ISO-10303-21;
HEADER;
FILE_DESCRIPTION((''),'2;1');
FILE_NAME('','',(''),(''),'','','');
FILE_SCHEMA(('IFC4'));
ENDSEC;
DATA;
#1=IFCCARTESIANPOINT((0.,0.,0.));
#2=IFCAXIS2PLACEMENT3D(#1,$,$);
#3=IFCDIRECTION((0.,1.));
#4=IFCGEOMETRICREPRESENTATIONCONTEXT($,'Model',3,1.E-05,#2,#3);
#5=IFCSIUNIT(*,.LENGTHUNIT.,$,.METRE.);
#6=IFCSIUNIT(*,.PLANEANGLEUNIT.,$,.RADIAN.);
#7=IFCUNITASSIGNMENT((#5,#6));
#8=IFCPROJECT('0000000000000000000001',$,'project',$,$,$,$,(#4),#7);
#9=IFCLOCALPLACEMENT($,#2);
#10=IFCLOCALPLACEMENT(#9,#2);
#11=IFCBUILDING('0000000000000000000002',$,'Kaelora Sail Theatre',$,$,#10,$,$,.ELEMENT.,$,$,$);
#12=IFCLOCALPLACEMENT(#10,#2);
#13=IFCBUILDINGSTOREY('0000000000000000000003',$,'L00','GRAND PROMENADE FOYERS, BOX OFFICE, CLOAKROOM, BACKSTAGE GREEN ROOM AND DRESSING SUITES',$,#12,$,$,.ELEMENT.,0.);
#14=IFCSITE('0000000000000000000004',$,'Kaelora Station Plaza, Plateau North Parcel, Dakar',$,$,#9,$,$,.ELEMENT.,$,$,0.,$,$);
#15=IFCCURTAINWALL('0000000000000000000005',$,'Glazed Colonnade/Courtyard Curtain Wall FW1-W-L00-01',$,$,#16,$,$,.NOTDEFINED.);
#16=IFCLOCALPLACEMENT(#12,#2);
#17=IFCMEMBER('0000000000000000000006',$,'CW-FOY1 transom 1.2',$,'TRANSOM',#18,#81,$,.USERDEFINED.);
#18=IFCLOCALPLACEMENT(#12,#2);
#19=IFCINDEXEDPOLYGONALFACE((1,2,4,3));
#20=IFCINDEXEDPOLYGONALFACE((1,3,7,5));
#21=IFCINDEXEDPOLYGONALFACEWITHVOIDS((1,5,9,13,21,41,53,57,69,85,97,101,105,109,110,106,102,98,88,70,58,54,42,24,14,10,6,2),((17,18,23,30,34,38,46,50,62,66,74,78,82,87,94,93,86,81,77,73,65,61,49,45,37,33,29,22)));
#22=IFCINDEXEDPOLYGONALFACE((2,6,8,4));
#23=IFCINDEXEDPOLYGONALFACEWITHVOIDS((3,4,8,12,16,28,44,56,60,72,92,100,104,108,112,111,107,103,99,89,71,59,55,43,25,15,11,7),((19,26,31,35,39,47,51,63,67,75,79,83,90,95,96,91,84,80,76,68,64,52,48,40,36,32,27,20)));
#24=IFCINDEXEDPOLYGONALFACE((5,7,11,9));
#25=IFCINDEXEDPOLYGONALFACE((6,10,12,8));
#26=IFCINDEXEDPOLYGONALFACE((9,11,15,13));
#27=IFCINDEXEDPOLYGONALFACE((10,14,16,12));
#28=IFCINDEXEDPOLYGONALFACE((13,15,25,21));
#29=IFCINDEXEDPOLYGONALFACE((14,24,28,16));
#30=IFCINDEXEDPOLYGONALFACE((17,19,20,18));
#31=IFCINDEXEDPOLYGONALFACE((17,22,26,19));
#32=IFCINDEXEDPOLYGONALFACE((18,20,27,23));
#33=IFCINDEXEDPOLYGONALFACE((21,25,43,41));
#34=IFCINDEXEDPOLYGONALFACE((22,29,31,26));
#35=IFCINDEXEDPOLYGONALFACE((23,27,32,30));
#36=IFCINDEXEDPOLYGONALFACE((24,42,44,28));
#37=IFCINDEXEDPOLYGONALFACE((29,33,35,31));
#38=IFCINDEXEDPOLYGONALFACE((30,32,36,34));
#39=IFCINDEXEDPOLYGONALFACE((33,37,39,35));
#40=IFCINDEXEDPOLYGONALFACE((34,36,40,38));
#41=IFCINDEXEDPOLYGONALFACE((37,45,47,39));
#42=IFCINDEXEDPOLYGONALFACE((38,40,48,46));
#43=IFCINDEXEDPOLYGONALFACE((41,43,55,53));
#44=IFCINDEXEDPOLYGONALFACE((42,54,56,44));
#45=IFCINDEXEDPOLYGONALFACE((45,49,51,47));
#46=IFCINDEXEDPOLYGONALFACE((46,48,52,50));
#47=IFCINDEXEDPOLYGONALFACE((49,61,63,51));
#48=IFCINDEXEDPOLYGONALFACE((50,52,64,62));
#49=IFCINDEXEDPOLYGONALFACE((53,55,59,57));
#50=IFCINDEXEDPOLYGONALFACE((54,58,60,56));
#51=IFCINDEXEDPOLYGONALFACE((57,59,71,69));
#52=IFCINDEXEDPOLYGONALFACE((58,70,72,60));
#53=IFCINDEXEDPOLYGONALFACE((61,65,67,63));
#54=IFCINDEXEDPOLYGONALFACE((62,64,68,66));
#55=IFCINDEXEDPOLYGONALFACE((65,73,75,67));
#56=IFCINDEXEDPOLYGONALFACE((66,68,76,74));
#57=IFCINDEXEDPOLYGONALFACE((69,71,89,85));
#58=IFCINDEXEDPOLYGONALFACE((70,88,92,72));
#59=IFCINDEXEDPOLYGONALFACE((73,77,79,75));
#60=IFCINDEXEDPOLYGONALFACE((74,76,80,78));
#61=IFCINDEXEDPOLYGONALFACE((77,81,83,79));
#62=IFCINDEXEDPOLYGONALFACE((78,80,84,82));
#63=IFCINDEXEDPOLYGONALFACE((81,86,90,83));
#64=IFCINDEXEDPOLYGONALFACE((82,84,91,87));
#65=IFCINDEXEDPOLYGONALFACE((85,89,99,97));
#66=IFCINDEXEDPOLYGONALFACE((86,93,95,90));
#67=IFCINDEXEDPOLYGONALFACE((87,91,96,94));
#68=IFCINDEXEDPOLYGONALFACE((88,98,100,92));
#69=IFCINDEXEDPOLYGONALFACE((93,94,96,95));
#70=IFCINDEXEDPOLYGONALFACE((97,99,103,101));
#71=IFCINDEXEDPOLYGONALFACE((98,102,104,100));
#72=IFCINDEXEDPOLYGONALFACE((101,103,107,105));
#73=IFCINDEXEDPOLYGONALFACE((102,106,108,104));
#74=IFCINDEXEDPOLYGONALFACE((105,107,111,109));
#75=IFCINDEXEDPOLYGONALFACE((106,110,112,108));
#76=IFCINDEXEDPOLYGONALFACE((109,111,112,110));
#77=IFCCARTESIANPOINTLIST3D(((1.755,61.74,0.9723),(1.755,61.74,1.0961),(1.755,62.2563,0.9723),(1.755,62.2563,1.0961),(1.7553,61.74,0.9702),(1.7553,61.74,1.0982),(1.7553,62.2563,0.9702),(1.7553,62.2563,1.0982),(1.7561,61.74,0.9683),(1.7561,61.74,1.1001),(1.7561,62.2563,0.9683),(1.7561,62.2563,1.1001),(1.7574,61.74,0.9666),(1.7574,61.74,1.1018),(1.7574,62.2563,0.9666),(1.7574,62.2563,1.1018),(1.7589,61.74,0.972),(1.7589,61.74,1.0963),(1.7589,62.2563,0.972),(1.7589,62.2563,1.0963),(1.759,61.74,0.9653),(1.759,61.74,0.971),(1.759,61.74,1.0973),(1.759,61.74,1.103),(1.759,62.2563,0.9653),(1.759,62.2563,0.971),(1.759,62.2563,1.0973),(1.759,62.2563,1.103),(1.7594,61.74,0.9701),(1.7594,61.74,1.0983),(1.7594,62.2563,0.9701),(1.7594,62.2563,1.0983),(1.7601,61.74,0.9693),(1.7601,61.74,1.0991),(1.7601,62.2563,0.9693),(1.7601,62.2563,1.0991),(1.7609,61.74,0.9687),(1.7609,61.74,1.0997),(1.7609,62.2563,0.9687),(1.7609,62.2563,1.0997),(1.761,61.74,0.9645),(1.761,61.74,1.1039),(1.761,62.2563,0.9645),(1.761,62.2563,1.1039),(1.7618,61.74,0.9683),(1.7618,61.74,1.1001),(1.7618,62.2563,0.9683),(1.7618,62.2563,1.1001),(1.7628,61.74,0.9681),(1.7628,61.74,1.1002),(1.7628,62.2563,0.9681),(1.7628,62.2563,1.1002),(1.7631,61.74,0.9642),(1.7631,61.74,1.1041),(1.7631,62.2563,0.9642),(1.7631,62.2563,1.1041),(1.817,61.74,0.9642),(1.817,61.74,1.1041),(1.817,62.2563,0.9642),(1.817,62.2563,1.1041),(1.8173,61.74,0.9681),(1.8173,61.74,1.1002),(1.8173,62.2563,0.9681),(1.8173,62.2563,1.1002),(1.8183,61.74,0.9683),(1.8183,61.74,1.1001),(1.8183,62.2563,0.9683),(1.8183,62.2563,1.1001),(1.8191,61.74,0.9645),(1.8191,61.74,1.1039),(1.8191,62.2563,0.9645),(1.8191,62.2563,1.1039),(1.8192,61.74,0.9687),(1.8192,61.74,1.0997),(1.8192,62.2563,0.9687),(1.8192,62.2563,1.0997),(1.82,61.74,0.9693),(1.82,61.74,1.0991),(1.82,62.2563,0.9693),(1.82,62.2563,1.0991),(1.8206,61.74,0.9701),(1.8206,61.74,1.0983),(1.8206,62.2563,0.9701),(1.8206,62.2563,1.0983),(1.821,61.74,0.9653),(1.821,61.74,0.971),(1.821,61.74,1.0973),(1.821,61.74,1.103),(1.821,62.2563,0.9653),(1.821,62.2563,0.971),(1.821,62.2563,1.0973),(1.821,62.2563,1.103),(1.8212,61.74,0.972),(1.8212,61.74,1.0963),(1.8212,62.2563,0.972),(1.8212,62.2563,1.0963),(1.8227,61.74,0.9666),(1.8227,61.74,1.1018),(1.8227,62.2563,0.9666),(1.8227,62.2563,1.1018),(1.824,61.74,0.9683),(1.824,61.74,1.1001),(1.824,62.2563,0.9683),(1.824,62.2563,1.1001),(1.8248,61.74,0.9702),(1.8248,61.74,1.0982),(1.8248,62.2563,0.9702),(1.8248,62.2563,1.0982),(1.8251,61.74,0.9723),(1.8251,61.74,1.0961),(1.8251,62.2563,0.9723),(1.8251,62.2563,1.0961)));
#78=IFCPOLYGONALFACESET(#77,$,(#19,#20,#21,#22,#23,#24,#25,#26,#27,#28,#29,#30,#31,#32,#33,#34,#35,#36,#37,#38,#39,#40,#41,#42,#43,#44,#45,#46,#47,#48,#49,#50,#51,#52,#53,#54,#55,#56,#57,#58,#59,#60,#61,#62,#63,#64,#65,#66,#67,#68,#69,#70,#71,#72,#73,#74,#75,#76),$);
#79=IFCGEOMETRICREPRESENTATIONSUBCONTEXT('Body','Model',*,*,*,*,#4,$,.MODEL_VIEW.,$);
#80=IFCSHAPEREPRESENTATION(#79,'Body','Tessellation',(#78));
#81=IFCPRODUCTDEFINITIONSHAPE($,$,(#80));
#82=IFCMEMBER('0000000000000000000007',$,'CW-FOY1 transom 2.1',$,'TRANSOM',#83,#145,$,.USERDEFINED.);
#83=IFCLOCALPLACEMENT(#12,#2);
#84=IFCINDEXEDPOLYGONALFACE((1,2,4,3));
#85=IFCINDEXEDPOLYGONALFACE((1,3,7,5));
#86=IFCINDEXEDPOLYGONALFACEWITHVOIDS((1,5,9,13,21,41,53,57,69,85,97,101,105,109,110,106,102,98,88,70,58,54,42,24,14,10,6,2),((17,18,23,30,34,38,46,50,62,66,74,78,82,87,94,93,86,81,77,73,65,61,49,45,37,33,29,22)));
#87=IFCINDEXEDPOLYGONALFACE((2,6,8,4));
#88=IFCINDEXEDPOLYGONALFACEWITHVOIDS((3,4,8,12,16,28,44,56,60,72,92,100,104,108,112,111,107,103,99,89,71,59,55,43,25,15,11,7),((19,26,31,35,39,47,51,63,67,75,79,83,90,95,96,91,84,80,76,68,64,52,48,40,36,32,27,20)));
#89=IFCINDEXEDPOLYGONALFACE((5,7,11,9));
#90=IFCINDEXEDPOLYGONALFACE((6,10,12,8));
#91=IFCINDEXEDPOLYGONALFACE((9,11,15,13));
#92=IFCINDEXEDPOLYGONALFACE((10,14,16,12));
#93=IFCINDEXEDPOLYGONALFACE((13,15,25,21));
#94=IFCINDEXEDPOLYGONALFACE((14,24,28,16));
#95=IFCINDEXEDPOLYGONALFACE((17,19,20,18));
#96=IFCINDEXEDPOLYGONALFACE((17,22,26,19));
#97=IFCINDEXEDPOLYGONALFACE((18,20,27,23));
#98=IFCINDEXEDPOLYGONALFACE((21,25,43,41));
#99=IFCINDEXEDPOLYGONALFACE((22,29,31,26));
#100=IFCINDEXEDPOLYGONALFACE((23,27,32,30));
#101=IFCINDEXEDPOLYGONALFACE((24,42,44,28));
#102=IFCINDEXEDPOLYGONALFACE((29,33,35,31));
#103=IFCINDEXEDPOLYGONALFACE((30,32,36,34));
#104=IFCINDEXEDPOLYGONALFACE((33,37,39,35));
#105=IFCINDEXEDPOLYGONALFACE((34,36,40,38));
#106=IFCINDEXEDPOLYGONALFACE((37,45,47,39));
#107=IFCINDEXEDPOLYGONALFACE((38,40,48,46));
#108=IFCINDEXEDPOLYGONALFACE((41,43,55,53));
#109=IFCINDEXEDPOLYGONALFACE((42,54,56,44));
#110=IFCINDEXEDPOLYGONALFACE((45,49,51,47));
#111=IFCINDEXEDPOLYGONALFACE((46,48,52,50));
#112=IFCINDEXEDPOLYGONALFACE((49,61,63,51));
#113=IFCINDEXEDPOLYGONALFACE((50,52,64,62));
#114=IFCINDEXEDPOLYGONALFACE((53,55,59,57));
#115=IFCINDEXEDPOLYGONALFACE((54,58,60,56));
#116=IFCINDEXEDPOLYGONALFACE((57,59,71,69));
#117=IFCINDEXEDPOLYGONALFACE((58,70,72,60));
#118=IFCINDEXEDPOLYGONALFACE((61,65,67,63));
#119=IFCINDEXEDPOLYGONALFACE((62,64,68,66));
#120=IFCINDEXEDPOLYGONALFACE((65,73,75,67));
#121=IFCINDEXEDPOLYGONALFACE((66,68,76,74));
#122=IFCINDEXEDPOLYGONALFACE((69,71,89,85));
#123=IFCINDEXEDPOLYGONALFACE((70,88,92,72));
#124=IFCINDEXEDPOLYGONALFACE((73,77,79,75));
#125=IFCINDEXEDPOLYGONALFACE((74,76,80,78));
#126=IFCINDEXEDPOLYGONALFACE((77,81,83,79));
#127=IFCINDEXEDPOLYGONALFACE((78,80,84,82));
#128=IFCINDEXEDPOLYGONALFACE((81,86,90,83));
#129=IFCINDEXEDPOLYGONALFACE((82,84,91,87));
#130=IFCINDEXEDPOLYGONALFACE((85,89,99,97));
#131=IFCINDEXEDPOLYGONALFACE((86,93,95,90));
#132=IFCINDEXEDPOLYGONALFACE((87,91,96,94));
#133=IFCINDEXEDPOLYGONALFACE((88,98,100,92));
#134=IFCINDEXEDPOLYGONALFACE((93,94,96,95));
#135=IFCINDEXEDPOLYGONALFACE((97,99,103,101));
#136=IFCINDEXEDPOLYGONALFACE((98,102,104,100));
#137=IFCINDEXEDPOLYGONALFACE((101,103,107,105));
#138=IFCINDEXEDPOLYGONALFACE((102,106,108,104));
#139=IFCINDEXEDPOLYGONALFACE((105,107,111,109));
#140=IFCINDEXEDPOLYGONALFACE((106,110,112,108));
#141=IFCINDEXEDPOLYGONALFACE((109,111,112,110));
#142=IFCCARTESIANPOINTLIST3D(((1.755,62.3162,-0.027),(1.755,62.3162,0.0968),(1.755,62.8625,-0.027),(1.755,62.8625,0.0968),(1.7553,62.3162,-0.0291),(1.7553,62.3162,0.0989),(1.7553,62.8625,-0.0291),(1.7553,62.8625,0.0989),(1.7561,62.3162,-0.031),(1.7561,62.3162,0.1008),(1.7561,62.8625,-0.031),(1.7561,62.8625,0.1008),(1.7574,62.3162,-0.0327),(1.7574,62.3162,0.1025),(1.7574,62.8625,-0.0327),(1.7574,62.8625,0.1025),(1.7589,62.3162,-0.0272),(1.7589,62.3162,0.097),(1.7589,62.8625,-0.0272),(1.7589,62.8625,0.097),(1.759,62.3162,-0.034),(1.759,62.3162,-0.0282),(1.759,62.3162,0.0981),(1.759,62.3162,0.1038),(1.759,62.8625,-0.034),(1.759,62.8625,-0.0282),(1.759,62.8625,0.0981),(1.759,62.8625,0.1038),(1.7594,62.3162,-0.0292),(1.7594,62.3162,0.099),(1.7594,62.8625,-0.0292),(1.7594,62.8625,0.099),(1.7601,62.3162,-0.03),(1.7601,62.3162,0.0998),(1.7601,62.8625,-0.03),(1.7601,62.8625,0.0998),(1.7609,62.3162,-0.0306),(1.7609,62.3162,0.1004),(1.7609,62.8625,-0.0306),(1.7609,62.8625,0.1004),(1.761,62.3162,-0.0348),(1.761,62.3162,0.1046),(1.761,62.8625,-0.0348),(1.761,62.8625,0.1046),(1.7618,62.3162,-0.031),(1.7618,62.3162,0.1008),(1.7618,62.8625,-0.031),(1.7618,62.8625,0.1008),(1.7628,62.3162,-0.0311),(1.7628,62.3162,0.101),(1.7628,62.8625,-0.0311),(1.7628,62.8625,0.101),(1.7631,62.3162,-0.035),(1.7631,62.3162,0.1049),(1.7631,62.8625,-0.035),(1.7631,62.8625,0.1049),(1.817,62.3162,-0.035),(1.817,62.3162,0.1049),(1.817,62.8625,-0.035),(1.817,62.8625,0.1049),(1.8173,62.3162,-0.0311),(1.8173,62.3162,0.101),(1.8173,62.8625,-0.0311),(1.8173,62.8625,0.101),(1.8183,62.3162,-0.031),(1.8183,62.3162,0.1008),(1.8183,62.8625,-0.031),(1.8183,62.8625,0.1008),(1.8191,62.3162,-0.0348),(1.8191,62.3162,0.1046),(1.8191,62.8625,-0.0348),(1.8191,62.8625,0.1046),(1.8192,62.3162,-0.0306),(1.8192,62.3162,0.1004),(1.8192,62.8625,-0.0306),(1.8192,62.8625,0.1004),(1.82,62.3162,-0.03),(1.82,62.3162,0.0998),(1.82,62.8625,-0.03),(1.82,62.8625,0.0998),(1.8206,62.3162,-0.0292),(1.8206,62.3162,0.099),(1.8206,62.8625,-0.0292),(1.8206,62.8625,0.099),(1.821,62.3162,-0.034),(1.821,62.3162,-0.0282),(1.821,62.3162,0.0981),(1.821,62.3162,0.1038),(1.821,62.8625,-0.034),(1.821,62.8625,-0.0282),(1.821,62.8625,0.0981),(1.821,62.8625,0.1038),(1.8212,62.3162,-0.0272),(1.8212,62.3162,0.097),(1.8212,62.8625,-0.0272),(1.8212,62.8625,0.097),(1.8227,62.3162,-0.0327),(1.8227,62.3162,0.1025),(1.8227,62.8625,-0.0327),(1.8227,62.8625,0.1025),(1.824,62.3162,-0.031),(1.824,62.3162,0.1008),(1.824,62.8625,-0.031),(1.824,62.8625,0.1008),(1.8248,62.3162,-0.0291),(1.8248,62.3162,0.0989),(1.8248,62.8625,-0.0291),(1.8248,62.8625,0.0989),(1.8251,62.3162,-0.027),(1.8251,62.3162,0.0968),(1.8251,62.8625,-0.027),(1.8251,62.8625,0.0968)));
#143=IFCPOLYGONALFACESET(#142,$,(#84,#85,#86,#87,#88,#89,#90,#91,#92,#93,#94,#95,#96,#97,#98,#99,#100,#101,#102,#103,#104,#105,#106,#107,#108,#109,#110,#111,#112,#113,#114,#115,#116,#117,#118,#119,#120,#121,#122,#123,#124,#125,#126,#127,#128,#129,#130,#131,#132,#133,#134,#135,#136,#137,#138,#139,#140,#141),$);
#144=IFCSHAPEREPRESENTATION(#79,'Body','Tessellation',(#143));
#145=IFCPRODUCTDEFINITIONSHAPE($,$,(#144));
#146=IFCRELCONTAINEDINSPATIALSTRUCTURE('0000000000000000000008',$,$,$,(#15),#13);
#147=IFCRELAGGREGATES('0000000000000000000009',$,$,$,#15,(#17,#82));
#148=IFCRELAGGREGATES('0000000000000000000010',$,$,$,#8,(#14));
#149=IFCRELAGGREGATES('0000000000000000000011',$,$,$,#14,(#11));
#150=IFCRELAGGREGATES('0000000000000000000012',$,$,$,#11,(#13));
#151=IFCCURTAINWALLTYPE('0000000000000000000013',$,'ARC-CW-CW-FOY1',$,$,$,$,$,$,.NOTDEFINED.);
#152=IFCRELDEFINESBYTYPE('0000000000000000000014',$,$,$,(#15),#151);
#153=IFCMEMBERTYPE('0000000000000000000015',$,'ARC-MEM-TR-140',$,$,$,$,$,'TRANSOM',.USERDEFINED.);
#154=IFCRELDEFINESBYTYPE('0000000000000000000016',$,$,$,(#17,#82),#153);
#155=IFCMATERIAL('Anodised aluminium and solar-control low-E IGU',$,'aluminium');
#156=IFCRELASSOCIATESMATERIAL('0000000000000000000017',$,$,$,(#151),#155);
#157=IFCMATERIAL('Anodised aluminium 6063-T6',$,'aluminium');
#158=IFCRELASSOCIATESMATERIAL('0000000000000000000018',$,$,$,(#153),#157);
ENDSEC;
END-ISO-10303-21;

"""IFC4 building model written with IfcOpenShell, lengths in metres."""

from ifc_helpers import new_model, si_unit, direction, frame, origin, origin_2d, place, context, subcontext, project, spatial, hollow_rectangle, extrude, material, material_profile, profile_set, type_object, element, aggregate, save


model = new_model("IFC4")

# Units and contexts
model_context = context("Model", 3, precision=1e-05, world=origin(), true_north=direction((0.0, 1.0)))
body_context = subcontext(model_context, "Body", "Model", "MODEL_VIEW")
ifc_project = project(units=[si_unit("LENGTHUNIT", "METRE"), si_unit("PLANEANGLEUNIT", "RADIAN")], contexts=[model_context])

# Site, building, storey
site_placement = place(None, origin())
site = spatial("IfcSite", under=ifc_project, at=site_placement, Name="Kaelora Station Plaza, Plateau North Parcel, Dakar", CompositionType="ELEMENT", RefElevation=0.0)
building_placement = place(site_placement, origin())
building = spatial("IfcBuilding", under=site, at=building_placement, Name="Kaelora Sail Theatre", CompositionType="ELEMENT")
storey_placement = place(building_placement, origin())
storey = spatial("IfcBuildingStorey", under=building, at=storey_placement, Name="L00", Description="GRAND PROMENADE FOYERS, BOX OFFICE, CLOAKROOM, BACKSTAGE GREEN ROOM AND DRESSING SUITES", CompositionType="ELEMENT", Elevation=0.0)

# Shared definitions
ifc_material_1 = material(Name="Anodised aluminium and solar-control low-E IGU", Category="aluminium")
curtain_wall_type = type_object("IfcCurtainWallType", Name="ARC-CW-CW-FOY1", PredefinedType="NOTDEFINED", material=ifc_material_1)

# Curtain wall, members
curtain_wall_1_placement = place(storey_placement, origin())
curtain_wall_1 = element("IfcCurtainWall", 1, at=curtain_wall_1_placement, inside=storey, type_object=curtain_wall_type, Name="Glazed Colonnade/Courtyard Curtain Wall FW1-W-L00-01", PredefinedType="NOTDEFINED")
ifc_material_2 = material(Name="Anodised aluminium 6063-T6", Category="aluminium")
ifc_material_profile_1 = material_profile(ifc_material_2, hollow_rectangle(XDim=0.0701, YDim=0.1399, WallThickness=0.0039, InnerFilletRadius=0.0039, OuterFilletRadius=0.0081, at=origin_2d()), Name="ALU-TRAN 70x140x4")
ifc_profile_set_1 = profile_set([ifc_material_profile_1], Name="Anodised aluminium 6063-T6")
member_type_1 = type_object("IfcMemberType", Name="ARC-MEM-TR-140", ElementType="TRANSOM", PredefinedType="USERDEFINED", material=ifc_profile_set_1)
member_1_placement = place(storey_placement, frame((1.79, 61.74, 1.0342), z_axis=(0.0, 1.0, 0.0), x_axis=(-1.0, 0.0, 0.0)))
member_1 = element("IfcMember", 2, at=member_1_placement, type_object=member_type_1, Name="CW-FOY1 transom 1.2", ObjectType="TRANSOM", PredefinedType="USERDEFINED", context=body_context, shape_type="SweptSolid", body=[
    extrude(hollow_rectangle(XDim=0.0701, YDim=0.1399, WallThickness=0.0039, InnerFilletRadius=0.0039, OuterFilletRadius=0.0081, at=origin_2d()), origin(), (0.0, 0.0, 1.0), 0.5164),
])
member_2_placement = place(storey_placement, frame((1.79, 62.3162, 0.0349), z_axis=(0.0, 1.0, 0.0), x_axis=(-1.0, 0.0, 0.0)))
member_2 = element("IfcMember", 3, at=member_2_placement, type_object=member_type_1, Name="CW-FOY1 transom 2.1", ObjectType="TRANSOM", PredefinedType="USERDEFINED", context=body_context, shape_type="SweptSolid", body=[
    extrude(hollow_rectangle(XDim=0.0701, YDim=0.1399, WallThickness=0.0039, InnerFilletRadius=0.0039, OuterFilletRadius=0.0081, at=origin_2d()), origin(), (0.0, 0.0, 1.0), 0.5464),
])

aggregate(curtain_wall_1, [member_1, member_2])

save(model, "model.ifc")
